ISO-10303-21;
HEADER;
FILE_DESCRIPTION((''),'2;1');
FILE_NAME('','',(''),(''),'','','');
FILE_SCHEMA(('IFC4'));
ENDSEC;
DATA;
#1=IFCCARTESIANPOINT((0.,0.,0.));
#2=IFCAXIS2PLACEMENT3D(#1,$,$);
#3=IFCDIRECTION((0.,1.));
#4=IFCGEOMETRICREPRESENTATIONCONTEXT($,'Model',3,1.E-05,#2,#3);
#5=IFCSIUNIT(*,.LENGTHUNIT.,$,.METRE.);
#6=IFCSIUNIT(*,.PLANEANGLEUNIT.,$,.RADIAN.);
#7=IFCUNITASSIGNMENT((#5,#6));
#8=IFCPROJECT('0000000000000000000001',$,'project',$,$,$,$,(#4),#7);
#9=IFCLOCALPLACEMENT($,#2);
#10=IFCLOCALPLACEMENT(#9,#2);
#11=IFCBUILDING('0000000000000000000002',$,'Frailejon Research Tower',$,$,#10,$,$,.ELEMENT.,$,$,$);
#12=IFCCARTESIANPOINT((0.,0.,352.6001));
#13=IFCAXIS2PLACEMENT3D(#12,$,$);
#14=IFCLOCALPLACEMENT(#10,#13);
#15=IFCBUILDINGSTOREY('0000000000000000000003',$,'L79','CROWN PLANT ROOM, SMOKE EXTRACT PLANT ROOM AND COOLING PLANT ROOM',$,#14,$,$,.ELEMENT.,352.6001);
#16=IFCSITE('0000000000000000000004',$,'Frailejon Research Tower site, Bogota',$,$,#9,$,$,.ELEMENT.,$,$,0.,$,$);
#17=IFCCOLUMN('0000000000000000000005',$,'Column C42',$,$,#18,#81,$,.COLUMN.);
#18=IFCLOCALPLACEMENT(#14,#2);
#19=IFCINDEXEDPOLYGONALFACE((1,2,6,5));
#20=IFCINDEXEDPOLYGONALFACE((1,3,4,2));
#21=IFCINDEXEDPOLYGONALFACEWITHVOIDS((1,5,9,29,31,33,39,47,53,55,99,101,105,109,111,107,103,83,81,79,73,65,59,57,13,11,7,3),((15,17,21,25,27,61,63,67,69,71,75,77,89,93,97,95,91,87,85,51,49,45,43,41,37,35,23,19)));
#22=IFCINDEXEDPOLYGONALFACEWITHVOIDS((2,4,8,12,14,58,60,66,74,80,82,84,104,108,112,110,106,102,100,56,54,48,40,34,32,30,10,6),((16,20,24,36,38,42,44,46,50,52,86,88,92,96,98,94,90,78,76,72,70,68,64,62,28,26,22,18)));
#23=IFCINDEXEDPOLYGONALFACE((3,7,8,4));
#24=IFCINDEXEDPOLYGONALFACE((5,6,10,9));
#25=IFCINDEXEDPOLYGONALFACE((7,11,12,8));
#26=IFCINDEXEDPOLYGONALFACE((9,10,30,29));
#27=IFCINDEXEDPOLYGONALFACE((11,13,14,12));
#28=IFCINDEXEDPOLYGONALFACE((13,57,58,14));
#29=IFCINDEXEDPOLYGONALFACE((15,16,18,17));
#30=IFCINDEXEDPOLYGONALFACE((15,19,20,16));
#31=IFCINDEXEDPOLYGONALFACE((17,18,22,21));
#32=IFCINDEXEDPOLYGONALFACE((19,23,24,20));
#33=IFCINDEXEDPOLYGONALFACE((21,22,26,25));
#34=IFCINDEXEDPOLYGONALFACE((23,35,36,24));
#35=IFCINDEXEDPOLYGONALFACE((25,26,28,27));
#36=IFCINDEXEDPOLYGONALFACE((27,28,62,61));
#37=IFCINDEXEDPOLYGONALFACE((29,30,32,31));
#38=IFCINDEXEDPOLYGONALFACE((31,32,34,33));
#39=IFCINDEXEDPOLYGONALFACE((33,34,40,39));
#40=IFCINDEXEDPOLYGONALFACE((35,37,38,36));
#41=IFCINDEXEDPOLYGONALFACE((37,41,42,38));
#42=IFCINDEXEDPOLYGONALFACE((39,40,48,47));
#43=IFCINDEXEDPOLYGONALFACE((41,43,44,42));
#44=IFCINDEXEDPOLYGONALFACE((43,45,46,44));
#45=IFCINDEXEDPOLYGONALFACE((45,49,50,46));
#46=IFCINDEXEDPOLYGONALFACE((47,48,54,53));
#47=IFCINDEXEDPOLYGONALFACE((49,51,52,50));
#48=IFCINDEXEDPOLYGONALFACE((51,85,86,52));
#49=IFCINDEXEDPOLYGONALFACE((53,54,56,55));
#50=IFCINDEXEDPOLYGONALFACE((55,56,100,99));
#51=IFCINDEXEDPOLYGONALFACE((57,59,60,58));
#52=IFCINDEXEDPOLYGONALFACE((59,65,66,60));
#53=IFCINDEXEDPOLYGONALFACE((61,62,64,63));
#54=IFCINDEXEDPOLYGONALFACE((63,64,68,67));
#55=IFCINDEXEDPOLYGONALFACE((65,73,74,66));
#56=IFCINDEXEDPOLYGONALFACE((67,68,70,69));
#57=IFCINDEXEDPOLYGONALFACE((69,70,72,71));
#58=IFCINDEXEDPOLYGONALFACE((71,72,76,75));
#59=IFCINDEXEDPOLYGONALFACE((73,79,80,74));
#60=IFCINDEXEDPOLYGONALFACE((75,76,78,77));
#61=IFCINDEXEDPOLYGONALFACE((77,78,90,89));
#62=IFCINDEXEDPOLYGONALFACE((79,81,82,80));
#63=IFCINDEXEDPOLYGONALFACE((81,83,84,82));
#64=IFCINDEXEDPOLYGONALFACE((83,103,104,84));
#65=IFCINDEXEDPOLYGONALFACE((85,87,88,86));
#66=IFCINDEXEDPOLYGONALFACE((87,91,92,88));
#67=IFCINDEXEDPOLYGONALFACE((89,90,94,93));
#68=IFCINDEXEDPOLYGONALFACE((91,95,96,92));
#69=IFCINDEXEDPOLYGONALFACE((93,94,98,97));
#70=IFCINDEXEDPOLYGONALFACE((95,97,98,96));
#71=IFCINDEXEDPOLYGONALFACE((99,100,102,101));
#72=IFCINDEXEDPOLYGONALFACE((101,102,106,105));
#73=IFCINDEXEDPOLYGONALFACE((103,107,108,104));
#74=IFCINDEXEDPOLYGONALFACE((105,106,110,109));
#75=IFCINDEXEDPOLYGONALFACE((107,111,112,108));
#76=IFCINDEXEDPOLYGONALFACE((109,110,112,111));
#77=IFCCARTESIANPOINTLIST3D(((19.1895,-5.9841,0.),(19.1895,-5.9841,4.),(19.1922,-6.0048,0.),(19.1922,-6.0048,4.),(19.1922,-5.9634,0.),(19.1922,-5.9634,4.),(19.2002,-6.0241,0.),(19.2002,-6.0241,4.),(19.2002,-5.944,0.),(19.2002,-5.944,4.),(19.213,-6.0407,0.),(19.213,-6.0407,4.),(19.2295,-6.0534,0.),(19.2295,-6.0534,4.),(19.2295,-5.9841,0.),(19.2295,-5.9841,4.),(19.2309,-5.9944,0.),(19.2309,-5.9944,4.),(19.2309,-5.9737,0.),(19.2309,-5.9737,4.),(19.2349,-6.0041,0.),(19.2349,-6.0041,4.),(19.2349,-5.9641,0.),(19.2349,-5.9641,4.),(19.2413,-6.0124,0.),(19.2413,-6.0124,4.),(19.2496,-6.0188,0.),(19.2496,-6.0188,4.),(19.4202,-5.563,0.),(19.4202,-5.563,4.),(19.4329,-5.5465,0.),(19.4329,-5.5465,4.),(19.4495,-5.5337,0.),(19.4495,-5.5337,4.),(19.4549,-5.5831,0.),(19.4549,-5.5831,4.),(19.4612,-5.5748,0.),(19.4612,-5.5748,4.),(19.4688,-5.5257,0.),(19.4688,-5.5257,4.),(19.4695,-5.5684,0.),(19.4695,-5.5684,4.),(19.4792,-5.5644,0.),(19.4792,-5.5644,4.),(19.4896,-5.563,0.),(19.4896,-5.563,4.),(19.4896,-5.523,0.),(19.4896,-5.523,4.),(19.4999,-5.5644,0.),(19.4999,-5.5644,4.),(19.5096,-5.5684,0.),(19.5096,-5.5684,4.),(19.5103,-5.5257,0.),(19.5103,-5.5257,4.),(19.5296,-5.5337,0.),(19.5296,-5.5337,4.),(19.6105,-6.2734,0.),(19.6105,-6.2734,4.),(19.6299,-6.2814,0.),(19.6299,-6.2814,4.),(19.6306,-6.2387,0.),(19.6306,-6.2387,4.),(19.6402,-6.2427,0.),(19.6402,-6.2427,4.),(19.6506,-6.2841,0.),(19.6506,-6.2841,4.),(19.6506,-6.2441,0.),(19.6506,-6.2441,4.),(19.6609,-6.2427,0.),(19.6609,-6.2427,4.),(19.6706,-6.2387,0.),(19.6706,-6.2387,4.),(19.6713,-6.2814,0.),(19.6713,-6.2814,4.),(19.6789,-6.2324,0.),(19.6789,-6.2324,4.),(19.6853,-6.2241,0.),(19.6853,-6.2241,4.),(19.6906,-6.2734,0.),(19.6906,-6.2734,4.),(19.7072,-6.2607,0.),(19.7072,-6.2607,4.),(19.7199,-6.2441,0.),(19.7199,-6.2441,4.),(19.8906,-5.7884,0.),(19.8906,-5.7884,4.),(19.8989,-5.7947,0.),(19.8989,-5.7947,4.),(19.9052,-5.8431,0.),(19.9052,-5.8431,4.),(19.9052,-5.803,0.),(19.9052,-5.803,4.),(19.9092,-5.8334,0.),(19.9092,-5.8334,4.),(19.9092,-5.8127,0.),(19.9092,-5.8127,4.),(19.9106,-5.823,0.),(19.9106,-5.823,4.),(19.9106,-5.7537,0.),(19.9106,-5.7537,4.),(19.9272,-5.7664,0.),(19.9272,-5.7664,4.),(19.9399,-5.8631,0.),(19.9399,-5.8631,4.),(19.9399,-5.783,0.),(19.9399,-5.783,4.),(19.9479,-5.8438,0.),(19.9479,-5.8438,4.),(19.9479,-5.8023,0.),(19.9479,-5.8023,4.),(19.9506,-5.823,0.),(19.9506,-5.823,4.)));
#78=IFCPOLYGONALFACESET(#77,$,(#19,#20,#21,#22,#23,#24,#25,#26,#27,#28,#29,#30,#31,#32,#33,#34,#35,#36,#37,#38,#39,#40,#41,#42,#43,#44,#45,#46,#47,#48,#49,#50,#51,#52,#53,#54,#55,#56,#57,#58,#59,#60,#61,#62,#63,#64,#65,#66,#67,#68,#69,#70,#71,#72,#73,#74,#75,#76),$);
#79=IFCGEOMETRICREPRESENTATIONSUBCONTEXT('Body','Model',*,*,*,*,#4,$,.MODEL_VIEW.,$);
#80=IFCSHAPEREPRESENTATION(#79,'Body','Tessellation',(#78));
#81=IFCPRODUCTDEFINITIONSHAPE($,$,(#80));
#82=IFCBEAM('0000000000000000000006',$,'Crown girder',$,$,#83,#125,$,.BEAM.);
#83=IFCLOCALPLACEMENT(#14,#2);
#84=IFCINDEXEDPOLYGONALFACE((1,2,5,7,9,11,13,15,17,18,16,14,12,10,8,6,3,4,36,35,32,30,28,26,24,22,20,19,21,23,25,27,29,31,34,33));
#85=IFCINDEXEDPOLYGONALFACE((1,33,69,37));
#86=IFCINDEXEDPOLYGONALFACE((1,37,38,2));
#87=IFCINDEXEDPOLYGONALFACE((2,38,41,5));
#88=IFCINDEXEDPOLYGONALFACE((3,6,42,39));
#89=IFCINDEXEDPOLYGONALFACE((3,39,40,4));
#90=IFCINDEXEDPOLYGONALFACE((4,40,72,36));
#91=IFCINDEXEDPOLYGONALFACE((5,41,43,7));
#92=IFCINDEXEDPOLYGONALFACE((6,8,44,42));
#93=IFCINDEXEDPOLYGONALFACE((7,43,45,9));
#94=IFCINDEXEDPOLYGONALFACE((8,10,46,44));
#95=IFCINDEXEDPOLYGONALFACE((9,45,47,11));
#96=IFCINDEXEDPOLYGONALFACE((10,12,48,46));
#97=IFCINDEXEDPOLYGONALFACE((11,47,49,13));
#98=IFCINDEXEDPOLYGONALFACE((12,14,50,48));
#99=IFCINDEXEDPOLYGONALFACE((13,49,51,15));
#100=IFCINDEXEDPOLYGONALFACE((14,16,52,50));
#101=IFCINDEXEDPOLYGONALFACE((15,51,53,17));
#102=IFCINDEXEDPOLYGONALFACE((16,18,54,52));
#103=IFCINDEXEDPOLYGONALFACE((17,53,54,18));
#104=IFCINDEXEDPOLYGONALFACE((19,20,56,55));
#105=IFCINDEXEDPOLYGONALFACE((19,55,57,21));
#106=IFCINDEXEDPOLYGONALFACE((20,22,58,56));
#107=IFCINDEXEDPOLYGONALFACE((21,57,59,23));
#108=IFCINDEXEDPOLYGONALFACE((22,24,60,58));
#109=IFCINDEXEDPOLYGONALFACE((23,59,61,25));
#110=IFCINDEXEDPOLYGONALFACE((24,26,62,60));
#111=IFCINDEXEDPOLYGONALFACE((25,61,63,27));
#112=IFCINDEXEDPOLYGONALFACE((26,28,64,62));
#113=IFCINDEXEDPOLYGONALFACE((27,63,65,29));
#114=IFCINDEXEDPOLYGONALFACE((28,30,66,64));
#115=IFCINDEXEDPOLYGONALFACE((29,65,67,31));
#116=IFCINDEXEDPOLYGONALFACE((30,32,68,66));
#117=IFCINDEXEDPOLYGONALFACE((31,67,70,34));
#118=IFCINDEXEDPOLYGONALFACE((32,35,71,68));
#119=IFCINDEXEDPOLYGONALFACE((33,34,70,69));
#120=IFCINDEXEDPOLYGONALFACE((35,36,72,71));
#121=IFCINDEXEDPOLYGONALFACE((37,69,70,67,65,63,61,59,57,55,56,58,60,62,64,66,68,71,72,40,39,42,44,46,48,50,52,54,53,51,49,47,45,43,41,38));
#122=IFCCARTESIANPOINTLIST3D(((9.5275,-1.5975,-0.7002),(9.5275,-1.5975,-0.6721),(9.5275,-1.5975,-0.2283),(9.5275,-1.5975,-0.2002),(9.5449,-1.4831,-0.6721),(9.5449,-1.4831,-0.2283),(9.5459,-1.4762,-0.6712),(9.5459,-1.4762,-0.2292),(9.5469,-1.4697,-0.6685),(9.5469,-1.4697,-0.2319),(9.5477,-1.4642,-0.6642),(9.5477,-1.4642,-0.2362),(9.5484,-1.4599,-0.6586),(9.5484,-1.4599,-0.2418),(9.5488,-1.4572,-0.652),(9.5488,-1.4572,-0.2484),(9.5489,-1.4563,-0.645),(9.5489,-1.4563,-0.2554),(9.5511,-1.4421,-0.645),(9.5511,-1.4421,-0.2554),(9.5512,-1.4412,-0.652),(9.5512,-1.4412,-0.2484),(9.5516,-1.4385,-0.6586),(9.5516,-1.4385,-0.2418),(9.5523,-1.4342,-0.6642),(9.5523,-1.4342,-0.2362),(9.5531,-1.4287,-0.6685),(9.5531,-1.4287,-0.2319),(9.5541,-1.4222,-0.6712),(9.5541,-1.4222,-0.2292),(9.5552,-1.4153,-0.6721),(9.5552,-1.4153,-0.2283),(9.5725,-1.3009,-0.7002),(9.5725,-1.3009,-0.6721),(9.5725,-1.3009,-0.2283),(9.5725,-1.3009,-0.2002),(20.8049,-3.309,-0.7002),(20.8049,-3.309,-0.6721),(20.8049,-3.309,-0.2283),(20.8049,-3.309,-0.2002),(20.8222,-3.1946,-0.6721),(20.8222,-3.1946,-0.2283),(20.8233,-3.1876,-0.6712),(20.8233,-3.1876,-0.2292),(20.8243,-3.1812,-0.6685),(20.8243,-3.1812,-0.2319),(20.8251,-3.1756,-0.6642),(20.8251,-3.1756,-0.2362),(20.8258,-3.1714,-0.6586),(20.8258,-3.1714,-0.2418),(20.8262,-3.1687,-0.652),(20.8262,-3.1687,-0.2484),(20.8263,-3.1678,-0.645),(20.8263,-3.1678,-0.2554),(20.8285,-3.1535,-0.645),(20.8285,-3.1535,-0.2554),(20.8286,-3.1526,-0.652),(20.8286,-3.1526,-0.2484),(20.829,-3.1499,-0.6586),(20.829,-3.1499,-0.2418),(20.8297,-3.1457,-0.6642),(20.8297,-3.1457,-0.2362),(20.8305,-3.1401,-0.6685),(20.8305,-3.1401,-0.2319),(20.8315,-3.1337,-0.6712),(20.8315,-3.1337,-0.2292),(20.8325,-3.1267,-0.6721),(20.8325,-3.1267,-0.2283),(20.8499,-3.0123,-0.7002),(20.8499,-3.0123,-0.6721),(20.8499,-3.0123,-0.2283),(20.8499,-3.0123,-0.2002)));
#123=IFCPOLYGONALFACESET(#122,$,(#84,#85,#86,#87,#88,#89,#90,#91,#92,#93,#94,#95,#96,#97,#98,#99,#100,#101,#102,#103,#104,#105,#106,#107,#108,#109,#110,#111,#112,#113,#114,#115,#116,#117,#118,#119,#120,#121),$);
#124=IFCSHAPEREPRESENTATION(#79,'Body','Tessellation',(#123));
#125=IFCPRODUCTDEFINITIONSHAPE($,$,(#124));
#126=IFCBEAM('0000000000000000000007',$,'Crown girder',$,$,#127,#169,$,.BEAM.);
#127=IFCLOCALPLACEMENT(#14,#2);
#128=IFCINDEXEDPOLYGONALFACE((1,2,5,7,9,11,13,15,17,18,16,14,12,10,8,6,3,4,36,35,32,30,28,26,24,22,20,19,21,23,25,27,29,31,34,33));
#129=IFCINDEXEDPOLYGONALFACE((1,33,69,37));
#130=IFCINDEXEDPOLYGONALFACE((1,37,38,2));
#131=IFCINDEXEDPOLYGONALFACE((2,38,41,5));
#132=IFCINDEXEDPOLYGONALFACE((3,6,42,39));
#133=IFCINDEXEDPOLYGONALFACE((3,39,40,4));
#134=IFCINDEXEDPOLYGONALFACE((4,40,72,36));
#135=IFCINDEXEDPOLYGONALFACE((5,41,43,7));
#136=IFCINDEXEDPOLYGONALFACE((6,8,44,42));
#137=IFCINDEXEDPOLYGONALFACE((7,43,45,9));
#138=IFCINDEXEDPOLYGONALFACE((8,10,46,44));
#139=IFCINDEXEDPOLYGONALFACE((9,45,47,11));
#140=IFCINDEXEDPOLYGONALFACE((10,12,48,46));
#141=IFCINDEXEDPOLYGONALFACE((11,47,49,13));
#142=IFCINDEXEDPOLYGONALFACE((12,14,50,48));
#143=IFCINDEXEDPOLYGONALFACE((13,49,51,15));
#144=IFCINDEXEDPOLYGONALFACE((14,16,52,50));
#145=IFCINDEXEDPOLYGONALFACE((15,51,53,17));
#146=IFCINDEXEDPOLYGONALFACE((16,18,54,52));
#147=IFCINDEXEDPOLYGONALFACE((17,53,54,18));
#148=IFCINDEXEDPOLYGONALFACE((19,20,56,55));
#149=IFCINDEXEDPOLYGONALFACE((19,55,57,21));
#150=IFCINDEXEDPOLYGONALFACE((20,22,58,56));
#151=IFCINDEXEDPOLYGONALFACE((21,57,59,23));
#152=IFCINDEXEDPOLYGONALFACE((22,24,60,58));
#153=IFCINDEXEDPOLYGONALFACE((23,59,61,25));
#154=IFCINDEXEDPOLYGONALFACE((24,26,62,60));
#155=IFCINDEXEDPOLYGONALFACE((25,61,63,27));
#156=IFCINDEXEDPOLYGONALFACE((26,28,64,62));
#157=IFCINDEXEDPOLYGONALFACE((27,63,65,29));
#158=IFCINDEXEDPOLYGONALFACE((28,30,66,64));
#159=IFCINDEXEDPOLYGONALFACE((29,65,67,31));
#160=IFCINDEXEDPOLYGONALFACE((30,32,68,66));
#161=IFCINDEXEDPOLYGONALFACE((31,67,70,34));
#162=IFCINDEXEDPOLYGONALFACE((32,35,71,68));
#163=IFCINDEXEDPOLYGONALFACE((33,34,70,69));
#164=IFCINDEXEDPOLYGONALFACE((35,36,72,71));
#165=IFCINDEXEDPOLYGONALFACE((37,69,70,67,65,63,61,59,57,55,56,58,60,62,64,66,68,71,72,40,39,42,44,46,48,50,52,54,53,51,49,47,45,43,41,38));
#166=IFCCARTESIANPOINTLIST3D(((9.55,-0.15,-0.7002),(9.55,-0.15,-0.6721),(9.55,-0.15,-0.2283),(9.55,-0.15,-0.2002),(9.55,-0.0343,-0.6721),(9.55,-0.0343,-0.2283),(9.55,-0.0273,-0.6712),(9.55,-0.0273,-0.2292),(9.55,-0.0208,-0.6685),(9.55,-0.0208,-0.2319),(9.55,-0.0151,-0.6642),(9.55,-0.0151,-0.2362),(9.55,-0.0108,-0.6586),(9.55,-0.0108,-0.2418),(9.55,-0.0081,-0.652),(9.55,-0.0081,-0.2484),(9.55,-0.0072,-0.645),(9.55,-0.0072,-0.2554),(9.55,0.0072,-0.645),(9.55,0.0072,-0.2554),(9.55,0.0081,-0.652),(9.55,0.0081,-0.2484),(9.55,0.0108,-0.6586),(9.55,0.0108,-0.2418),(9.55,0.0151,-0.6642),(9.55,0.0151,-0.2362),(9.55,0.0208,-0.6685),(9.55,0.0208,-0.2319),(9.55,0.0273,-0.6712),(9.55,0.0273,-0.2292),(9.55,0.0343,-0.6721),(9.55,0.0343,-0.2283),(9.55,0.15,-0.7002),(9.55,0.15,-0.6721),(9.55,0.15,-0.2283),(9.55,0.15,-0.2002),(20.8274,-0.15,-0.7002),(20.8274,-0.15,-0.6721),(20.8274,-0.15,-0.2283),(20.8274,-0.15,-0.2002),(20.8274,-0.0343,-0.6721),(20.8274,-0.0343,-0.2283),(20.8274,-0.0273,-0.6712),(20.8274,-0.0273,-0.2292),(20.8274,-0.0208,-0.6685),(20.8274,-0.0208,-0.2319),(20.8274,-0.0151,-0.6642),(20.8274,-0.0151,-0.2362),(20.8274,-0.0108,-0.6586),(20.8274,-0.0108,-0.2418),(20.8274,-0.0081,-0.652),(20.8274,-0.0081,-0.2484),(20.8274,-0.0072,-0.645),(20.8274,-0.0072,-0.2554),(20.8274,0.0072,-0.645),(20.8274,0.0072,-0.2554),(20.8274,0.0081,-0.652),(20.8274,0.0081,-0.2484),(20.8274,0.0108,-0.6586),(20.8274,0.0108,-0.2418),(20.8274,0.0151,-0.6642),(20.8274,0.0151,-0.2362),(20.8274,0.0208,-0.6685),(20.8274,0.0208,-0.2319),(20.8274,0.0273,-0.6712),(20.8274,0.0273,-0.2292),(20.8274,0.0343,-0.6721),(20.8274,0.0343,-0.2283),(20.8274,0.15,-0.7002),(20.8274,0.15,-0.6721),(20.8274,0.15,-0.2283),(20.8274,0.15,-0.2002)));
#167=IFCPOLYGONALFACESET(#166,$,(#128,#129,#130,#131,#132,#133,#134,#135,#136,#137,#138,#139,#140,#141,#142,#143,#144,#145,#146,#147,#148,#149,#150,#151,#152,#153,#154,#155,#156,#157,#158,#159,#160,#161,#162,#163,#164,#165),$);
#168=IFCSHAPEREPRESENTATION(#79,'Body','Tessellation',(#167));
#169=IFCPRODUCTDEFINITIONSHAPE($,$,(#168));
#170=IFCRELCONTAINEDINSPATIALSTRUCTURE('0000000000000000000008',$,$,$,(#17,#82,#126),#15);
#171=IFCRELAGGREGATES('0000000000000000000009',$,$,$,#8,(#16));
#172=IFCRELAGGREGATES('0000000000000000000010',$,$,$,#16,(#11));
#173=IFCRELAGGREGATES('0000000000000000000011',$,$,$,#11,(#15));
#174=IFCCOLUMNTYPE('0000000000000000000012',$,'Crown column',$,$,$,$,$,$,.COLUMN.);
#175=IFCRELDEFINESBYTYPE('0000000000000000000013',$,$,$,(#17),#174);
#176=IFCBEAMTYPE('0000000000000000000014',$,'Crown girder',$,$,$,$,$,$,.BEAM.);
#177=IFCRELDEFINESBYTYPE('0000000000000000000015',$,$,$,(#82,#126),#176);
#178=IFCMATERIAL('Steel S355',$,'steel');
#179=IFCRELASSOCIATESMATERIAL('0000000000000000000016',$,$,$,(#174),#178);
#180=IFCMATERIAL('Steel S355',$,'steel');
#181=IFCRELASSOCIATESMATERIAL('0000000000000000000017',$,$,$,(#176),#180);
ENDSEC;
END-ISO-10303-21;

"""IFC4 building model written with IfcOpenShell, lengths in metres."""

from ifc_helpers import new_model, si_unit, direction, frame, origin, origin_2d, place, context, subcontext, project, spatial, hollow_rectangle, i_section, extrude, material, material_profile, profile_set, type_object, element, save


model = new_model("IFC4")

# Units and contexts
model_context = context("Model", 3, precision=1e-05, world=origin(), true_north=direction((0.0, 1.0)))
body_context = subcontext(model_context, "Body", "Model", "MODEL_VIEW")
ifc_project = project(units=[si_unit("LENGTHUNIT", "METRE"), si_unit("PLANEANGLEUNIT", "RADIAN")], contexts=[model_context])

# Site, building, storey
site_placement = place(None, origin())
site = spatial("IfcSite", under=ifc_project, at=site_placement, Name="Frailejon Research Tower site, Bogota", CompositionType="ELEMENT", RefElevation=0.0)
building_placement = place(site_placement, origin())
building = spatial("IfcBuilding", under=site, at=building_placement, Name="Frailejon Research Tower", CompositionType="ELEMENT")
storey_placement = place(building_placement, frame((0.0, 0.0, 352.6001)))
storey = spatial("IfcBuildingStorey", under=building, at=storey_placement, Name="L79", Description="CROWN PLANT ROOM, SMOKE EXTRACT PLANT ROOM AND COOLING PLANT ROOM", CompositionType="ELEMENT", Elevation=352.6001)

# Column
ifc_material_1 = material(Name="Steel S355", Category="steel")
ifc_material_profile_1 = material_profile(ifc_material_1, hollow_rectangle(XDim=0.6001, YDim=0.6001, WallThickness=0.04, InnerFilletRadius=0.04, OuterFilletRadius=0.0801, at=origin_2d()), Name="Crown column")
ifc_profile_set_1 = profile_set([ifc_material_profile_1], Name="Steel S355")
column_type = type_object("IfcColumnType", Name="Crown column", PredefinedType="COLUMN", material=ifc_profile_set_1)
for number, where, z_axis, x_axis, name in (
    (1, (19.5701, -5.9036, 0.0), (0.0, 0.0, 1.0), (0.5, 0.866025, 0.0), "Column C42"),
):
    element("IfcColumn", number, at=place(storey_placement, frame(where, z_axis=z_axis, x_axis=x_axis)), inside=storey, type_object=column_type, Name=name, PredefinedType="COLUMN", context=body_context, shape_type="SweptSolid", body=[
        extrude(hollow_rectangle(XDim=0.6001, YDim=0.6001, WallThickness=0.04, InnerFilletRadius=0.04, OuterFilletRadius=0.0801, at=origin_2d()), origin(), (0.0, 0.0, 1.0), 4.0),
    ])

# Beams
ifc_material_2 = material(Name="Steel S355", Category="steel")
ifc_material_profile_2 = material_profile(ifc_material_2, i_section(OverallWidth=0.3, OverallDepth=0.5, WebThickness=0.0144, FlangeThickness=0.0281, FilletRadius=0.0271, at=origin_2d()), Name="HE 500 B")
ifc_profile_set_2 = profile_set([ifc_material_profile_2], Name="Steel S355")
beam_type_1 = type_object("IfcBeamType", Name="Crown girder", PredefinedType="BEAM", material=ifc_profile_set_2)
beam_1_placement = place(storey_placement, frame((20.8274, -3.1606, -0.4502), z_axis=(-0.98868, 0.15004, 0.0), x_axis=(-0.15004, -0.98868, 0.0)))
element("IfcBeam", 2, at=beam_1_placement, inside=storey, type_object=beam_type_1, Name="Crown girder", PredefinedType="BEAM", context=body_context, shape_type="SweptSolid", body=[
    extrude(i_section(OverallWidth=0.3, OverallDepth=0.5, WebThickness=0.0144, FlangeThickness=0.0281, FilletRadius=0.0271, at=origin_2d()), origin(), (0.0, 0.0, 1.0), 11.4065),
])
beam_2_placement = place(storey_placement, frame((20.8274, 0.0, -0.4502), z_axis=(-1.0, 0.0, 0.0), x_axis=(0.0, -1.0, 0.0)))
element("IfcBeam", 3, at=beam_2_placement, inside=storey, type_object=beam_type_1, Name="Crown girder", PredefinedType="BEAM", context=body_context, shape_type="SweptSolid", body=[
    extrude(i_section(OverallWidth=0.3, OverallDepth=0.5, WebThickness=0.0144, FlangeThickness=0.0281, FilletRadius=0.0271, at=origin_2d()), origin(), (0.0, 0.0, 1.0), 11.2773),
])

save(model, "model.ifc")
